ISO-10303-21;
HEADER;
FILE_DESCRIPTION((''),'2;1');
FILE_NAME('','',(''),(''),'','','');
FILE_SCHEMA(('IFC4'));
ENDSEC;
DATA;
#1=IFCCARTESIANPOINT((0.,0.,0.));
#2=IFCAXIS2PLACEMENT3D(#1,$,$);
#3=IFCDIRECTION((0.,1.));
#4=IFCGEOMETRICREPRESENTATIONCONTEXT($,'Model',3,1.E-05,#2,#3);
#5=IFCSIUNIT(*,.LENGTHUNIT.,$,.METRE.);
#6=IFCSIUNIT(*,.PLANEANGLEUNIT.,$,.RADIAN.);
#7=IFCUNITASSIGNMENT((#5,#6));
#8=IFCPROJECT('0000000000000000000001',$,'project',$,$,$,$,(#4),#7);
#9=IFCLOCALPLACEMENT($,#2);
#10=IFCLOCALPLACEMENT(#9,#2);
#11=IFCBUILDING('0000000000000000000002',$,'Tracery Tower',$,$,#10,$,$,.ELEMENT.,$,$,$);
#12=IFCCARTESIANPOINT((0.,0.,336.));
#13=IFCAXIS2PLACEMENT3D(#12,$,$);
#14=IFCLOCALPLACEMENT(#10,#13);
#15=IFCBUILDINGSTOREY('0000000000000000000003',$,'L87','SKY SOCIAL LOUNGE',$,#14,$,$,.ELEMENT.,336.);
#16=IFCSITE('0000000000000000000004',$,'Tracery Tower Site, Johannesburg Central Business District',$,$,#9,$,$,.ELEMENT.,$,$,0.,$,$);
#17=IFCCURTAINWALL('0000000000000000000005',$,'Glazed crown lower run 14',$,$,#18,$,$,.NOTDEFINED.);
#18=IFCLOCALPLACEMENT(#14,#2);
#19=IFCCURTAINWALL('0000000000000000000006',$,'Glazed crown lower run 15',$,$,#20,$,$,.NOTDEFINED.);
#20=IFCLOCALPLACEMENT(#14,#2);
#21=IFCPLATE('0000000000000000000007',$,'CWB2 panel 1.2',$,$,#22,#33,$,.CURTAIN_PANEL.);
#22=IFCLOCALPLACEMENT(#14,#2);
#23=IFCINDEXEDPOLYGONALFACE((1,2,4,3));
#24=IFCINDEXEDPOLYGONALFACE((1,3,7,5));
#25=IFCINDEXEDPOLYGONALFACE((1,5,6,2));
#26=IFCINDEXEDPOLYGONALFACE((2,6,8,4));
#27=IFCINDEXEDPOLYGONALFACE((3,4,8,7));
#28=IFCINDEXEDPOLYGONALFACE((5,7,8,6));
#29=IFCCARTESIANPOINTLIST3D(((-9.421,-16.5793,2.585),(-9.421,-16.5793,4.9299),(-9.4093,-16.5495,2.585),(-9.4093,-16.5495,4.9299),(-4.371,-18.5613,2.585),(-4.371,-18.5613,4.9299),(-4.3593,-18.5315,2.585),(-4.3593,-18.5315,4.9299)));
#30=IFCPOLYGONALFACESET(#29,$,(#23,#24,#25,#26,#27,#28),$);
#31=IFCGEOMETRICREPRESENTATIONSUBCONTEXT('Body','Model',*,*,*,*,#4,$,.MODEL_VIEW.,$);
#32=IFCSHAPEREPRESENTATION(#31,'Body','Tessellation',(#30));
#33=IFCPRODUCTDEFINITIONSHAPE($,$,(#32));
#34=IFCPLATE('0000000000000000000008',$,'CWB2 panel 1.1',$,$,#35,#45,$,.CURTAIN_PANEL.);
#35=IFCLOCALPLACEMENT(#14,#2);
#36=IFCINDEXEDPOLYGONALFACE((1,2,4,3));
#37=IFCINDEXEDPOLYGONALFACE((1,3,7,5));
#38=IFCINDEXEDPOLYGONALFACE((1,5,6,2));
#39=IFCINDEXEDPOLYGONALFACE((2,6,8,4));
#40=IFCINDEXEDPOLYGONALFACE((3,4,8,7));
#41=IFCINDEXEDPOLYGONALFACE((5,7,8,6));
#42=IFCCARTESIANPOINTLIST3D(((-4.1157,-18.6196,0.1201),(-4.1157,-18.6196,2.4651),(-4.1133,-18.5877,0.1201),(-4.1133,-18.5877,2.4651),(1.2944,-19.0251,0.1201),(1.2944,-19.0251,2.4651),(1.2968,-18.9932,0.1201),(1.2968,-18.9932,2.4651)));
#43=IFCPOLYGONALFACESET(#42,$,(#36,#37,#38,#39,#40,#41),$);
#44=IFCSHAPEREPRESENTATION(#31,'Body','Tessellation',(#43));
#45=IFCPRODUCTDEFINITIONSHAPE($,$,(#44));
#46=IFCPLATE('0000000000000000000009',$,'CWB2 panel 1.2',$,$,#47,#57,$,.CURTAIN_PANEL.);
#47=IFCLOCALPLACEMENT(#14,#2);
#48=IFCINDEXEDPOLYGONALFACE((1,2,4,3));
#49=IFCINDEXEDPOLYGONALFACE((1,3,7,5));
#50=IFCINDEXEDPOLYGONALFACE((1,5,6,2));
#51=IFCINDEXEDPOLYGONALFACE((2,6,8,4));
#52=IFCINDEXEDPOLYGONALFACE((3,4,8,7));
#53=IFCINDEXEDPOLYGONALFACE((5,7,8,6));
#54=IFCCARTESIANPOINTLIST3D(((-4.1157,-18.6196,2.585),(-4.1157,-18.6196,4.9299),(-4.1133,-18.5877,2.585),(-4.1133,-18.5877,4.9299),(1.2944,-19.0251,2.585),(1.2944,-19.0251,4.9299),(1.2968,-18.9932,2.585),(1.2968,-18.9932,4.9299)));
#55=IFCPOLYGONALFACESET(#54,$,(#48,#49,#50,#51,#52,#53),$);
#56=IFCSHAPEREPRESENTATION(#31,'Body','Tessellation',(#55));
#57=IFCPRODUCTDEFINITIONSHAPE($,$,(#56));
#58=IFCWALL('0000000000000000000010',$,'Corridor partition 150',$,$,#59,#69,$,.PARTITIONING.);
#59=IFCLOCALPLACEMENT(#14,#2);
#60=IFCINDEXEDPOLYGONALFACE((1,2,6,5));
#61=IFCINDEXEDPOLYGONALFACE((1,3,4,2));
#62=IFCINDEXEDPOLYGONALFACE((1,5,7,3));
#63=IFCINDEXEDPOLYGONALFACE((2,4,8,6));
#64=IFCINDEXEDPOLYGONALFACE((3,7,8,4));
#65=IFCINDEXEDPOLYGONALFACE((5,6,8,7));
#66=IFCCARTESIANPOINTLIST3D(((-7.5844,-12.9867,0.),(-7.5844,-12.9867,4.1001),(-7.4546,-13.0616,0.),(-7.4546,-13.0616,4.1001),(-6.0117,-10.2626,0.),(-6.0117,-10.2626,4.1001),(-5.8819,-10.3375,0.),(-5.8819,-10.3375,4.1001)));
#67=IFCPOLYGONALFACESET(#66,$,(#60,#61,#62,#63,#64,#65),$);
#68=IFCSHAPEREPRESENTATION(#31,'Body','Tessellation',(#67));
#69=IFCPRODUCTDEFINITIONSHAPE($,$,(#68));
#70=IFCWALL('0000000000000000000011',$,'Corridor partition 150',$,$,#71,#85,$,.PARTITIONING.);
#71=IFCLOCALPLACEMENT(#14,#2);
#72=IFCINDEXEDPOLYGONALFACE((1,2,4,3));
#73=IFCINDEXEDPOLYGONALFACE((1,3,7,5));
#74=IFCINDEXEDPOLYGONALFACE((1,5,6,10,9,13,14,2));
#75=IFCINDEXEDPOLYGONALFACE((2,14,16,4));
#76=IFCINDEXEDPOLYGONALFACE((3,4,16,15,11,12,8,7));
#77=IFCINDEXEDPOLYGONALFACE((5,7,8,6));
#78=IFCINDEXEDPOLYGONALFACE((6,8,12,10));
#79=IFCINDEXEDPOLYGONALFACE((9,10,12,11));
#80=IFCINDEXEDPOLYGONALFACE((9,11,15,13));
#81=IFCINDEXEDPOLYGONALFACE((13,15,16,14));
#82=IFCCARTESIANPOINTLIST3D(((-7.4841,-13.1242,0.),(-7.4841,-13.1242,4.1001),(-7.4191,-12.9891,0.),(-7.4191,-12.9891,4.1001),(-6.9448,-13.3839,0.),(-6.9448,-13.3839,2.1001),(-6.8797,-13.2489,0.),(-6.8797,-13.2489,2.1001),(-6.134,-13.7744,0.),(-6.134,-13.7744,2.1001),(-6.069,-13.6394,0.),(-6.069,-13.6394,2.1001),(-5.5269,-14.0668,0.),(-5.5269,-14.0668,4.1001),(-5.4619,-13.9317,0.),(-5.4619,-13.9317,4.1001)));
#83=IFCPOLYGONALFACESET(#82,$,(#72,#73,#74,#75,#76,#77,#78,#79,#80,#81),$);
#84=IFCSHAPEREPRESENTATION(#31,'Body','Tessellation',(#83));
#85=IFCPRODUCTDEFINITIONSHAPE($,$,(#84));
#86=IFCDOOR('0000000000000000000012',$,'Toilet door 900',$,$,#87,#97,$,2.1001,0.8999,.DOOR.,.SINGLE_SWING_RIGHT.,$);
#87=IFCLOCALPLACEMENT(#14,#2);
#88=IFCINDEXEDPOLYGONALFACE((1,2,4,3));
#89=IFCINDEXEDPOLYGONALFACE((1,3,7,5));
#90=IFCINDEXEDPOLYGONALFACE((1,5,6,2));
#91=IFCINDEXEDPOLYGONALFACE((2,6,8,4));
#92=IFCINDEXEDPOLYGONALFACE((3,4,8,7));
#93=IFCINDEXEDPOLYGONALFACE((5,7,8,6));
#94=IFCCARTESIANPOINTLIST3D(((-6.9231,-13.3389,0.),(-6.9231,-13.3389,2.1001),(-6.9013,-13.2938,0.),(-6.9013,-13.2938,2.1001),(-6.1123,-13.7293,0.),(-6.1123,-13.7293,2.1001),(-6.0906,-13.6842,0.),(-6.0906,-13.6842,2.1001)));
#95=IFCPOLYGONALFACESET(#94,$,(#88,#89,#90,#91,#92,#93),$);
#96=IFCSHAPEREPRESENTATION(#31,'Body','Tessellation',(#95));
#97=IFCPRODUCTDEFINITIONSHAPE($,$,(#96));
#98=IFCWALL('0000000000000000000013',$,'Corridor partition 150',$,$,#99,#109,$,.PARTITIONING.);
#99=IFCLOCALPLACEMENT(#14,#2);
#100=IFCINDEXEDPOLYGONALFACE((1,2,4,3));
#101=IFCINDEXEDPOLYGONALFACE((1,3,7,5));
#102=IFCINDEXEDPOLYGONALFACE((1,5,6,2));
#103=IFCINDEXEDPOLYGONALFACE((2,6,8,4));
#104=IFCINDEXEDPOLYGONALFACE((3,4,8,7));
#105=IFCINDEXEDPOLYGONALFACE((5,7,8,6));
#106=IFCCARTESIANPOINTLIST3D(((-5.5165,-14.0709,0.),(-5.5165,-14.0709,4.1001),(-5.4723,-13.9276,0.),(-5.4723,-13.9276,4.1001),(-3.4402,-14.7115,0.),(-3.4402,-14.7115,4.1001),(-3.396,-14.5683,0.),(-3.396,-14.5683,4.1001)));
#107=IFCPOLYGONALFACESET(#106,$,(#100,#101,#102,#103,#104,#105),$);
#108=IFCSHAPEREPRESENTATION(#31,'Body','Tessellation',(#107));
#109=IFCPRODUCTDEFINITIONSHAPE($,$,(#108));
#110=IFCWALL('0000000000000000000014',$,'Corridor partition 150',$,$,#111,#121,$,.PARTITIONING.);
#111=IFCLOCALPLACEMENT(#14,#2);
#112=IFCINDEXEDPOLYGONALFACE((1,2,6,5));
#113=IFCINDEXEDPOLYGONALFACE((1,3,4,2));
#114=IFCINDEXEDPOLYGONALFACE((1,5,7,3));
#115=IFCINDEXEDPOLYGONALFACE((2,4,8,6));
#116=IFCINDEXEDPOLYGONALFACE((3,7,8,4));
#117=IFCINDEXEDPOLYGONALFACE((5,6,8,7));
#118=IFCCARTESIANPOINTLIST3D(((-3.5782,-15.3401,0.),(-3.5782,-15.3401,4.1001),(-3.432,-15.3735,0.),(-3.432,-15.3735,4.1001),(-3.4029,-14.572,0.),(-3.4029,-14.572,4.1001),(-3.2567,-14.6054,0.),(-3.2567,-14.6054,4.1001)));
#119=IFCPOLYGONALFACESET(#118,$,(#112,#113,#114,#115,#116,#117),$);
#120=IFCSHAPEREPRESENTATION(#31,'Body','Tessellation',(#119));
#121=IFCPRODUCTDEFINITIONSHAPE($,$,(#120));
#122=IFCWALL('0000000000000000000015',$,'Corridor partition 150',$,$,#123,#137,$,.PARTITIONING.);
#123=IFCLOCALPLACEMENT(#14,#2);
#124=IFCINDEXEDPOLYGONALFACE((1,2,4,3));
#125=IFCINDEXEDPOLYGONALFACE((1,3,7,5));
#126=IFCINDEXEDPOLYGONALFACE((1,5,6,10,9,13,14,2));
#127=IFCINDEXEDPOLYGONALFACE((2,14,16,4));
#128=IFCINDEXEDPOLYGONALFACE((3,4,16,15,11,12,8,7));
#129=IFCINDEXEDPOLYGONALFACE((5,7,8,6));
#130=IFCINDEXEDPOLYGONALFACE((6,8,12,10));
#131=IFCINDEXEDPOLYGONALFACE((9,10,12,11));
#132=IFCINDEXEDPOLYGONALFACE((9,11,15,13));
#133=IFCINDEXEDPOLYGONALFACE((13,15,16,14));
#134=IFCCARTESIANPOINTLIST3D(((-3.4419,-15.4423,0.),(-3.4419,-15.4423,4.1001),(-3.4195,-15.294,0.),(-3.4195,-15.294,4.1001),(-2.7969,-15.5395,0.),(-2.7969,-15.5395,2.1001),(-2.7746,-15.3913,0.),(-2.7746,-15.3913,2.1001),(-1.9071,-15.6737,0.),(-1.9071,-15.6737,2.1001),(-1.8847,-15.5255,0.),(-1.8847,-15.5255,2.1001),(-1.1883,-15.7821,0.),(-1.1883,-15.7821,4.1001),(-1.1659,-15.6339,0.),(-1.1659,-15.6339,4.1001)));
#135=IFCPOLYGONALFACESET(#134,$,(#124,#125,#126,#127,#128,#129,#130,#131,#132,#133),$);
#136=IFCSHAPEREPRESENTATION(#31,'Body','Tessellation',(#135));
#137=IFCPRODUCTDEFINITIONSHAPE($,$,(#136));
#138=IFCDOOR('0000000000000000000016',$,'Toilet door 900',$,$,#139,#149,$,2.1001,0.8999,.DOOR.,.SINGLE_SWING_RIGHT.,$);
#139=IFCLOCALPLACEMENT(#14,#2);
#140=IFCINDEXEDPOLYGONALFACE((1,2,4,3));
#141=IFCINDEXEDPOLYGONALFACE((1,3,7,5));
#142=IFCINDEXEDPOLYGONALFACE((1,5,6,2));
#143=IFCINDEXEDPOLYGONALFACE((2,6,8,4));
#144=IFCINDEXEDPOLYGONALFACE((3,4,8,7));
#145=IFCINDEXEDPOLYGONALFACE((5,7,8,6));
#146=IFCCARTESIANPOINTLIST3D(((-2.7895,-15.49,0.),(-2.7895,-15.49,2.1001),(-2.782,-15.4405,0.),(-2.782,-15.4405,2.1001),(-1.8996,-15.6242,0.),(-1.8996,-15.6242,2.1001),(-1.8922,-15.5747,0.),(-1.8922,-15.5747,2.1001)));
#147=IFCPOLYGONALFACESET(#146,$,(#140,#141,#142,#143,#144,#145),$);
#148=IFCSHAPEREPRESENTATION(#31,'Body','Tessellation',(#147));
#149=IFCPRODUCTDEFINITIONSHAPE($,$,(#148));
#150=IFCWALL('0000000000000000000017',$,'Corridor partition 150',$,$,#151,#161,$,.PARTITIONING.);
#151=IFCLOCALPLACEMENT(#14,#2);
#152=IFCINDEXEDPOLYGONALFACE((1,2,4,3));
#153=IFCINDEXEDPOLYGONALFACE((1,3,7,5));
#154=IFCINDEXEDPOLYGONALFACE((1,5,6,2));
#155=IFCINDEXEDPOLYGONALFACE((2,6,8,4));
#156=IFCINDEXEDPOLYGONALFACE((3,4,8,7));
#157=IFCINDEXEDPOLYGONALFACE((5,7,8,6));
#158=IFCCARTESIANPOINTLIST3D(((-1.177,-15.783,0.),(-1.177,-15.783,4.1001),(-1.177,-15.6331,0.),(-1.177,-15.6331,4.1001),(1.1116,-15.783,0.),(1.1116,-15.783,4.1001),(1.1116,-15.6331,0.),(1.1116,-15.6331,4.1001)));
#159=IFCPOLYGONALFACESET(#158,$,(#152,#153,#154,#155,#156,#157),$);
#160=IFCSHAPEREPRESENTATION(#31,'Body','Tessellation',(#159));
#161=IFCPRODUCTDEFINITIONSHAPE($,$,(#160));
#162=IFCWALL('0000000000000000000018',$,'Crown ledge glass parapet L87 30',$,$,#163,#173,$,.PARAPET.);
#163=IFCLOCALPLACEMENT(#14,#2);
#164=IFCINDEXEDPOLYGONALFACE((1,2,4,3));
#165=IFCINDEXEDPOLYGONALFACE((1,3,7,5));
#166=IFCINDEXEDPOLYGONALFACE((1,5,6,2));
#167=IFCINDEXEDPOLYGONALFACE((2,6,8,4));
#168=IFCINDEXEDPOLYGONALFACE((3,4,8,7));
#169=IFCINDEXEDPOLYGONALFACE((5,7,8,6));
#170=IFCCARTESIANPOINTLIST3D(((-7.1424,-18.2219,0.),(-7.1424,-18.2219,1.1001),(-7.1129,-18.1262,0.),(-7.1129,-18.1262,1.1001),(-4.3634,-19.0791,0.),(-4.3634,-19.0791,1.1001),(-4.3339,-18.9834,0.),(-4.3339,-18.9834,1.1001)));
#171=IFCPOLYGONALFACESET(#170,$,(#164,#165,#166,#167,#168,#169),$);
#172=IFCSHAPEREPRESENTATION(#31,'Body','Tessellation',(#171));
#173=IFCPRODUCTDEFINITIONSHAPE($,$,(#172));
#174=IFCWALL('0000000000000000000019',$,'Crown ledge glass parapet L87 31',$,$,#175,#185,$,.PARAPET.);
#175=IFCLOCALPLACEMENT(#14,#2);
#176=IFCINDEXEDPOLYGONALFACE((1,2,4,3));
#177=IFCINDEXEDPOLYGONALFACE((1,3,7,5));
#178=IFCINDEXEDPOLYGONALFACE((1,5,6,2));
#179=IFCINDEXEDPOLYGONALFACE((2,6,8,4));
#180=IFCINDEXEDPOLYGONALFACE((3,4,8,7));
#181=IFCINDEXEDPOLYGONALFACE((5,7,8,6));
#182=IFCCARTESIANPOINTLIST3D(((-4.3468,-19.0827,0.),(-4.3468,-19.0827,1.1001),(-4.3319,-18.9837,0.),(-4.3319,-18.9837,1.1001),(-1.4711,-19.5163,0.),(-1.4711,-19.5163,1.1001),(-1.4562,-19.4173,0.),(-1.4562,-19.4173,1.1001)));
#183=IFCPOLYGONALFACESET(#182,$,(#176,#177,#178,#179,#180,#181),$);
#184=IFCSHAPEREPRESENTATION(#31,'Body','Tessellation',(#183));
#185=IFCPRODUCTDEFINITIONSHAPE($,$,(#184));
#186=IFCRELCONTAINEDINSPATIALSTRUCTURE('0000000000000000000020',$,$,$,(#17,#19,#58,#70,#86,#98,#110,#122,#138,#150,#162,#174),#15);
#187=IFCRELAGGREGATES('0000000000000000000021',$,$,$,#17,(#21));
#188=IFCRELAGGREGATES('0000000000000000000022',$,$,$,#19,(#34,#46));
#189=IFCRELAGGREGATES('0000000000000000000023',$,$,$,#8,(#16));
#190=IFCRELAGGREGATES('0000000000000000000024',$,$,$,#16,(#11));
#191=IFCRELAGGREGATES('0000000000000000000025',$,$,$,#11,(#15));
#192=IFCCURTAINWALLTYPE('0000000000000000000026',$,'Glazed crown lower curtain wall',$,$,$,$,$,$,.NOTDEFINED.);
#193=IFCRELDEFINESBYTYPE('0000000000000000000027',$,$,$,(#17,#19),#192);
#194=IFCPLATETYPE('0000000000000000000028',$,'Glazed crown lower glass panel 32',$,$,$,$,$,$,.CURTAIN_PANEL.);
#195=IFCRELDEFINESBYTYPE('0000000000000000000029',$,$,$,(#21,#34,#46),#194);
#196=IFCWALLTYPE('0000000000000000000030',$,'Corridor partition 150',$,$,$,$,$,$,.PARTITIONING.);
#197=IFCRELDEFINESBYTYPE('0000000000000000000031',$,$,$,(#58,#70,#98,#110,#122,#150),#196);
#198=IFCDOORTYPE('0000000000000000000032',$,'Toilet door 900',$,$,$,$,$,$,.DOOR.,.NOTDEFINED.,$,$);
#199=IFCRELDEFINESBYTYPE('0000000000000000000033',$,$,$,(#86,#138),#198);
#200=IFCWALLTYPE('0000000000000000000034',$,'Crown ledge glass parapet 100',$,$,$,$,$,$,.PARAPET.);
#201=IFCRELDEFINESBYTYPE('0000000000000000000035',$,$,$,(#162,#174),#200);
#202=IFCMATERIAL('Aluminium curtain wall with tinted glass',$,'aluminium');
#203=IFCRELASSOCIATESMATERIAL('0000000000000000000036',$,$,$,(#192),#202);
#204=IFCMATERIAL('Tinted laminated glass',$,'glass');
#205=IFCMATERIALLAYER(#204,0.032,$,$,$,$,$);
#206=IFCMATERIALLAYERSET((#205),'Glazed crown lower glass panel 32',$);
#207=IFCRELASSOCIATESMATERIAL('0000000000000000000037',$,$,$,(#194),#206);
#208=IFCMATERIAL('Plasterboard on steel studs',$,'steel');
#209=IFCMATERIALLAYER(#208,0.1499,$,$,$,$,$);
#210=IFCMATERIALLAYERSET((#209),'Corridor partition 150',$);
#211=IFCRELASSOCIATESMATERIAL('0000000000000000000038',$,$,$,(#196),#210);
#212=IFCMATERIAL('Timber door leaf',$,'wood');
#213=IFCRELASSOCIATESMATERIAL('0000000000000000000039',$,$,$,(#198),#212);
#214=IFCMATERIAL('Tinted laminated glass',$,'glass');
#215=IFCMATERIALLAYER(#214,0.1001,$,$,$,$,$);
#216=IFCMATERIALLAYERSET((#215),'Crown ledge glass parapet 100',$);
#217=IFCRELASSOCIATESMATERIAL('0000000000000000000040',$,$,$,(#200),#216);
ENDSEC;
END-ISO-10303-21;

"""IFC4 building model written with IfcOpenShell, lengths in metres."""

from ifc_helpers import new_model, si_unit, direction, frame, frame_2d, origin, origin_2d, place, context, subcontext, project, spatial, rectangle, extrude, material, layer, layer_set, type_object, element, fill, aggregate, save


model = new_model("IFC4")

# Units and contexts
model_context = context("Model", 3, precision=1e-05, world=origin(), true_north=direction((0.0, 1.0)))
body_context = subcontext(model_context, "Body", "Model", "MODEL_VIEW")
ifc_project = project(units=[si_unit("LENGTHUNIT", "METRE"), si_unit("PLANEANGLEUNIT", "RADIAN")], contexts=[model_context])

# Site, building, storey
site_placement = place(None, origin())
site = spatial("IfcSite", under=ifc_project, at=site_placement, Name="Tracery Tower Site, Johannesburg Central Business District", CompositionType="ELEMENT", RefElevation=0.0)
building_placement = place(site_placement, origin())
building = spatial("IfcBuilding", under=site, at=building_placement, Name="Tracery Tower", CompositionType="ELEMENT")
storey_placement = place(building_placement, frame((0.0, 0.0, 336.0)))
storey = spatial("IfcBuildingStorey", under=building, at=storey_placement, Name="L87", Description="SKY SOCIAL LOUNGE", CompositionType="ELEMENT", Elevation=336.0)

# Curtain wall
ifc_material_1 = material(Name="Aluminium curtain wall with tinted glass", Category="aluminium")
curtain_wall_type = type_object("IfcCurtainWallType", Name="Glazed crown lower curtain wall", PredefinedType="NOTDEFINED", material=ifc_material_1)
curtain_wall_1_placement = place(storey_placement, origin())
curtain_wall_1 = element("IfcCurtainWall", 1, at=curtain_wall_1_placement, inside=storey, type_object=curtain_wall_type, Name="Glazed crown lower run 14", PredefinedType="NOTDEFINED")

# Curtain wall
curtain_wall_2_placement = place(storey_placement, origin())
curtain_wall_2 = element("IfcCurtainWall", 2, at=curtain_wall_2_placement, inside=storey, type_object=curtain_wall_type, Name="Glazed crown lower run 15", PredefinedType="NOTDEFINED")

# Plates
ifc_material_2 = material(Name="Tinted laminated glass", Category="glass")
ifc_layer_1 = layer(ifc_material_2, 0.032)
ifc_layer_set_1 = layer_set([ifc_layer_1], Name="Glazed crown lower glass panel 32")
plate_type = type_object("IfcPlateType", Name="Glazed crown lower glass panel 32", PredefinedType="CURTAIN_PANEL", material=ifc_layer_set_1)
plate_1_placement = place(storey_placement, frame((-6.8901, -17.5554, 2.585), z_axis=(0.0, 0.0, 1.0), x_axis=(0.930874, -0.365342, 0.0)))
plate_1 = element("IfcPlate", 3, at=plate_1_placement, type_object=plate_type, Name="CWB2 panel 1.2", PredefinedType="CURTAIN_PANEL", context=body_context, shape_type="SweptSolid", body=[
    extrude(rectangle(XDim=5.425, YDim=0.032, at=origin_2d()), origin(), (0.0, 0.0, 1.0), 2.345),
])
aggregate(curtain_wall_1, [plate_1])
plate_2_placement = place(storey_placement, frame((-1.4094, -18.8064, 0.1201), z_axis=(0.0, 0.0, 1.0), x_axis=(0.997203, -0.074735, 0.0)))
plate_2 = element("IfcPlate", 4, at=plate_2_placement, type_object=plate_type, Name="CWB2 panel 1.1", PredefinedType="CURTAIN_PANEL", context=body_context, shape_type="SweptSolid", body=[
    extrude(rectangle(XDim=5.4253, YDim=0.032, at=origin_2d()), origin(), (0.0, 0.0, 1.0), 2.345),
])
plate_3_placement = place(storey_placement, frame((-1.4094, -18.8064, 2.585), z_axis=(0.0, 0.0, 1.0), x_axis=(0.997203, -0.074735, 0.0)))
plate_3 = element("IfcPlate", 5, at=plate_3_placement, type_object=plate_type, Name="CWB2 panel 1.2", PredefinedType="CURTAIN_PANEL", context=body_context, shape_type="SweptSolid", body=[
    extrude(rectangle(XDim=5.4253, YDim=0.032, at=origin_2d()), origin(), (0.0, 0.0, 1.0), 2.345),
])
aggregate(curtain_wall_2, [plate_2, plate_3])

# Wall
ifc_material_3 = material(Name="Plasterboard on steel studs", Category="steel")
ifc_layer_2 = layer(ifc_material_3, 0.1499)
ifc_layer_set_2 = layer_set([ifc_layer_2], Name="Corridor partition 150")
wall_type_1 = type_object("IfcWallType", Name="Corridor partition 150", PredefinedType="PARTITIONING", material=ifc_layer_set_2)
wall_1_placement = place(storey_placement, frame((-7.5195, -13.0242, 0.0), z_axis=(0.0, 0.0, 1.0), x_axis=(0.499996, 0.866028, 0.0)))
element("IfcWall", 6, at=wall_1_placement, inside=storey, type_object=wall_type_1, Name="Corridor partition 150", PredefinedType="PARTITIONING", context=body_context, shape_type="SweptSolid", body=[
    extrude(rectangle(XDim=3.1455, YDim=0.1499, at=frame_2d((1.5728, 0.0))), origin(), (0.0, 0.0, 1.0), 4.1001),
])

# Wall, opening, door
wall_2_placement = place(storey_placement, frame((-5.4944, -13.9993, 0.0), z_axis=(0.0, 0.0, 1.0), x_axis=(-0.900959, 0.433903, 0.0)))
wall_2 = element("IfcWall", 7, at=wall_2_placement, inside=storey, type_object=wall_type_1, Name="Corridor partition 150", PredefinedType="PARTITIONING", context=body_context, shape_type="SweptSolid", body=[
    extrude(rectangle(XDim=2.1724, YDim=0.1499, at=frame_2d((1.0862, 0.0))), origin(), (0.0, 0.0, 1.0), 4.1001),
])
opening_1_placement = place(wall_2_placement, frame((0.6738, 0.0, 0.0)))
opening_1 = element("IfcOpeningElement", 8, at=opening_1_placement, cuts=wall_2, PredefinedType="OPENING", context=body_context, shape_type="SweptSolid", body=[
    extrude(rectangle(XDim=0.8999, YDim=2.1001, at=frame_2d((0.45, 1.05))), frame((0.0, 0.075, 0.0), z_axis=(0.0, -1.0, 0.0), x_axis=(1.0, 0.0, 0.0)), (0.0, 0.0, 1.0), 0.1499),
])
ifc_material_4 = material(Name="Timber door leaf", Category="wood")
door_type = type_object("IfcDoorType", Name="Toilet door 900", OperationType="NOTDEFINED", PredefinedType="DOOR", material=ifc_material_4)
door_1_placement = place(opening_1_placement, origin())
door_1 = element("IfcDoor", 9, at=door_1_placement, inside=storey, type_object=door_type, Name="Toilet door 900", OperationType="SINGLE_SWING_RIGHT", OverallHeight=2.1001, OverallWidth=0.8999, PredefinedType="DOOR", context=body_context, shape_type="SweptSolid", body=[
    extrude(rectangle(XDim=0.8999, YDim=2.1001, at=frame_2d((0.45, 1.05))), frame((0.0, 0.0249, 0.0), z_axis=(0.0, -1.0, 0.0), x_axis=(1.0, 0.0, 0.0)), (0.0, 0.0, 1.0), 0.05),
])
fill(opening_1, door_1)

# Walls
wall_3_placement = place(storey_placement, frame((-5.4944, -13.9993, 0.0), z_axis=(0.0, 0.0, 1.0), x_axis=(0.955545, -0.294844, 0.0)))
element("IfcWall", 10, at=wall_3_placement, inside=storey, type_object=wall_type_1, Name="Corridor partition 150", PredefinedType="PARTITIONING", context=body_context, shape_type="SweptSolid", body=[
    extrude(rectangle(XDim=2.1729, YDim=0.1499, at=frame_2d((1.0864, 0.0))), origin(), (0.0, 0.0, 1.0), 4.1001),
])
wall_4_placement = place(storey_placement, frame((-3.5051, -15.3569, 0.0), z_axis=(0.0, 0.0, 1.0), x_axis=(0.222505, 0.974932, 0.0)))
element("IfcWall", 11, at=wall_4_placement, inside=storey, type_object=wall_type_1, Name="Corridor partition 150", PredefinedType="PARTITIONING", context=body_context, shape_type="SweptSolid", body=[
    extrude(rectangle(XDim=0.7878, YDim=0.1499, at=frame_2d((0.394, 0.0))), origin(), (0.0, 0.0, 1.0), 4.1001),
])

# Wall, opening, door
wall_5_placement = place(storey_placement, frame((-1.177, -15.708, 0.0), z_axis=(0.0, 0.0, 1.0), x_axis=(-0.988821, 0.14911, 0.0)))
wall_5 = element("IfcWall", 12, at=wall_5_placement, inside=storey, type_object=wall_type_1, Name="Corridor partition 150", PredefinedType="PARTITIONING", context=body_context, shape_type="SweptSolid", body=[
    extrude(rectangle(XDim=2.2791, YDim=0.1499, at=frame_2d((1.1396, 0.0))), origin(), (0.0, 0.0, 1.0), 4.1001),
])
opening_2_placement = place(wall_5_placement, frame((0.7271, 0.0, 0.0)))
opening_2 = element("IfcOpeningElement", 13, at=opening_2_placement, cuts=wall_5, PredefinedType="OPENING", context=body_context, shape_type="SweptSolid", body=[
    extrude(rectangle(XDim=0.8999, YDim=2.1001, at=frame_2d((0.45, 1.05))), frame((0.0, 0.075, 0.0), z_axis=(0.0, -1.0, 0.0), x_axis=(1.0, 0.0, 0.0)), (0.0, 0.0, 1.0), 0.1499),
])
door_2_placement = place(opening_2_placement, origin())
door_2 = element("IfcDoor", 14, at=door_2_placement, inside=storey, type_object=door_type, Name="Toilet door 900", OperationType="SINGLE_SWING_RIGHT", OverallHeight=2.1001, OverallWidth=0.8999, PredefinedType="DOOR", context=body_context, shape_type="SweptSolid", body=[
    extrude(rectangle(XDim=0.8999, YDim=2.1001, at=frame_2d((0.45, 1.05))), frame((0.0, 0.0249, 0.0), z_axis=(0.0, -1.0, 0.0), x_axis=(1.0, 0.0, 0.0)), (0.0, 0.0, 1.0), 0.05),
])
fill(opening_2, door_2)

# Walls
wall_6_placement = place(storey_placement, frame((-1.177, -15.708, 0.0), z_axis=(0.0, 0.0, 1.0), x_axis=(1.0, 0.0, 0.0)))
element("IfcWall", 15, at=wall_6_placement, inside=storey, type_object=wall_type_1, Name="Corridor partition 150", PredefinedType="PARTITIONING", context=body_context, shape_type="SweptSolid", body=[
    extrude(rectangle(XDim=2.2886, YDim=0.1499, at=frame_2d((1.1443, 0.0))), origin(), (0.0, 0.0, 1.0), 4.1001),
])
ifc_material_5 = material(Name="Tinted laminated glass", Category="glass")
ifc_layer_3 = layer(ifc_material_5, 0.1001)
ifc_layer_set_3 = layer_set([ifc_layer_3], Name="Crown ledge glass parapet 100")
wall_type_2 = type_object("IfcWallType", Name="Crown ledge glass parapet 100", PredefinedType="PARAPET", material=ifc_layer_set_3)
for number, where, z_axis, x_axis, name in (
    (16, (-7.1277, -18.1741, 0.0), (0.0, 0.0, 1.0), (0.955577, -0.294741, 0.0), "Crown ledge glass parapet L87 30"),
    (17, (-4.3394, -19.0332, 0.0), (0.0, 0.0, 1.0), (0.988823, -0.149092, 0.0), "Crown ledge glass parapet L87 31"),
):
    element("IfcWall", number, at=place(storey_placement, frame(where, z_axis=z_axis, x_axis=x_axis)), inside=storey, type_object=wall_type_2, Name=name, PredefinedType="PARAPET", context=body_context, shape_type="SweptSolid", body=[
        extrude(rectangle(XDim=2.9082, YDim=0.1001, at=frame_2d((1.4541, 0.0))), origin(), (0.0, 0.0, 1.0), 1.1001),
    ])

save(model, "model.ifc")
